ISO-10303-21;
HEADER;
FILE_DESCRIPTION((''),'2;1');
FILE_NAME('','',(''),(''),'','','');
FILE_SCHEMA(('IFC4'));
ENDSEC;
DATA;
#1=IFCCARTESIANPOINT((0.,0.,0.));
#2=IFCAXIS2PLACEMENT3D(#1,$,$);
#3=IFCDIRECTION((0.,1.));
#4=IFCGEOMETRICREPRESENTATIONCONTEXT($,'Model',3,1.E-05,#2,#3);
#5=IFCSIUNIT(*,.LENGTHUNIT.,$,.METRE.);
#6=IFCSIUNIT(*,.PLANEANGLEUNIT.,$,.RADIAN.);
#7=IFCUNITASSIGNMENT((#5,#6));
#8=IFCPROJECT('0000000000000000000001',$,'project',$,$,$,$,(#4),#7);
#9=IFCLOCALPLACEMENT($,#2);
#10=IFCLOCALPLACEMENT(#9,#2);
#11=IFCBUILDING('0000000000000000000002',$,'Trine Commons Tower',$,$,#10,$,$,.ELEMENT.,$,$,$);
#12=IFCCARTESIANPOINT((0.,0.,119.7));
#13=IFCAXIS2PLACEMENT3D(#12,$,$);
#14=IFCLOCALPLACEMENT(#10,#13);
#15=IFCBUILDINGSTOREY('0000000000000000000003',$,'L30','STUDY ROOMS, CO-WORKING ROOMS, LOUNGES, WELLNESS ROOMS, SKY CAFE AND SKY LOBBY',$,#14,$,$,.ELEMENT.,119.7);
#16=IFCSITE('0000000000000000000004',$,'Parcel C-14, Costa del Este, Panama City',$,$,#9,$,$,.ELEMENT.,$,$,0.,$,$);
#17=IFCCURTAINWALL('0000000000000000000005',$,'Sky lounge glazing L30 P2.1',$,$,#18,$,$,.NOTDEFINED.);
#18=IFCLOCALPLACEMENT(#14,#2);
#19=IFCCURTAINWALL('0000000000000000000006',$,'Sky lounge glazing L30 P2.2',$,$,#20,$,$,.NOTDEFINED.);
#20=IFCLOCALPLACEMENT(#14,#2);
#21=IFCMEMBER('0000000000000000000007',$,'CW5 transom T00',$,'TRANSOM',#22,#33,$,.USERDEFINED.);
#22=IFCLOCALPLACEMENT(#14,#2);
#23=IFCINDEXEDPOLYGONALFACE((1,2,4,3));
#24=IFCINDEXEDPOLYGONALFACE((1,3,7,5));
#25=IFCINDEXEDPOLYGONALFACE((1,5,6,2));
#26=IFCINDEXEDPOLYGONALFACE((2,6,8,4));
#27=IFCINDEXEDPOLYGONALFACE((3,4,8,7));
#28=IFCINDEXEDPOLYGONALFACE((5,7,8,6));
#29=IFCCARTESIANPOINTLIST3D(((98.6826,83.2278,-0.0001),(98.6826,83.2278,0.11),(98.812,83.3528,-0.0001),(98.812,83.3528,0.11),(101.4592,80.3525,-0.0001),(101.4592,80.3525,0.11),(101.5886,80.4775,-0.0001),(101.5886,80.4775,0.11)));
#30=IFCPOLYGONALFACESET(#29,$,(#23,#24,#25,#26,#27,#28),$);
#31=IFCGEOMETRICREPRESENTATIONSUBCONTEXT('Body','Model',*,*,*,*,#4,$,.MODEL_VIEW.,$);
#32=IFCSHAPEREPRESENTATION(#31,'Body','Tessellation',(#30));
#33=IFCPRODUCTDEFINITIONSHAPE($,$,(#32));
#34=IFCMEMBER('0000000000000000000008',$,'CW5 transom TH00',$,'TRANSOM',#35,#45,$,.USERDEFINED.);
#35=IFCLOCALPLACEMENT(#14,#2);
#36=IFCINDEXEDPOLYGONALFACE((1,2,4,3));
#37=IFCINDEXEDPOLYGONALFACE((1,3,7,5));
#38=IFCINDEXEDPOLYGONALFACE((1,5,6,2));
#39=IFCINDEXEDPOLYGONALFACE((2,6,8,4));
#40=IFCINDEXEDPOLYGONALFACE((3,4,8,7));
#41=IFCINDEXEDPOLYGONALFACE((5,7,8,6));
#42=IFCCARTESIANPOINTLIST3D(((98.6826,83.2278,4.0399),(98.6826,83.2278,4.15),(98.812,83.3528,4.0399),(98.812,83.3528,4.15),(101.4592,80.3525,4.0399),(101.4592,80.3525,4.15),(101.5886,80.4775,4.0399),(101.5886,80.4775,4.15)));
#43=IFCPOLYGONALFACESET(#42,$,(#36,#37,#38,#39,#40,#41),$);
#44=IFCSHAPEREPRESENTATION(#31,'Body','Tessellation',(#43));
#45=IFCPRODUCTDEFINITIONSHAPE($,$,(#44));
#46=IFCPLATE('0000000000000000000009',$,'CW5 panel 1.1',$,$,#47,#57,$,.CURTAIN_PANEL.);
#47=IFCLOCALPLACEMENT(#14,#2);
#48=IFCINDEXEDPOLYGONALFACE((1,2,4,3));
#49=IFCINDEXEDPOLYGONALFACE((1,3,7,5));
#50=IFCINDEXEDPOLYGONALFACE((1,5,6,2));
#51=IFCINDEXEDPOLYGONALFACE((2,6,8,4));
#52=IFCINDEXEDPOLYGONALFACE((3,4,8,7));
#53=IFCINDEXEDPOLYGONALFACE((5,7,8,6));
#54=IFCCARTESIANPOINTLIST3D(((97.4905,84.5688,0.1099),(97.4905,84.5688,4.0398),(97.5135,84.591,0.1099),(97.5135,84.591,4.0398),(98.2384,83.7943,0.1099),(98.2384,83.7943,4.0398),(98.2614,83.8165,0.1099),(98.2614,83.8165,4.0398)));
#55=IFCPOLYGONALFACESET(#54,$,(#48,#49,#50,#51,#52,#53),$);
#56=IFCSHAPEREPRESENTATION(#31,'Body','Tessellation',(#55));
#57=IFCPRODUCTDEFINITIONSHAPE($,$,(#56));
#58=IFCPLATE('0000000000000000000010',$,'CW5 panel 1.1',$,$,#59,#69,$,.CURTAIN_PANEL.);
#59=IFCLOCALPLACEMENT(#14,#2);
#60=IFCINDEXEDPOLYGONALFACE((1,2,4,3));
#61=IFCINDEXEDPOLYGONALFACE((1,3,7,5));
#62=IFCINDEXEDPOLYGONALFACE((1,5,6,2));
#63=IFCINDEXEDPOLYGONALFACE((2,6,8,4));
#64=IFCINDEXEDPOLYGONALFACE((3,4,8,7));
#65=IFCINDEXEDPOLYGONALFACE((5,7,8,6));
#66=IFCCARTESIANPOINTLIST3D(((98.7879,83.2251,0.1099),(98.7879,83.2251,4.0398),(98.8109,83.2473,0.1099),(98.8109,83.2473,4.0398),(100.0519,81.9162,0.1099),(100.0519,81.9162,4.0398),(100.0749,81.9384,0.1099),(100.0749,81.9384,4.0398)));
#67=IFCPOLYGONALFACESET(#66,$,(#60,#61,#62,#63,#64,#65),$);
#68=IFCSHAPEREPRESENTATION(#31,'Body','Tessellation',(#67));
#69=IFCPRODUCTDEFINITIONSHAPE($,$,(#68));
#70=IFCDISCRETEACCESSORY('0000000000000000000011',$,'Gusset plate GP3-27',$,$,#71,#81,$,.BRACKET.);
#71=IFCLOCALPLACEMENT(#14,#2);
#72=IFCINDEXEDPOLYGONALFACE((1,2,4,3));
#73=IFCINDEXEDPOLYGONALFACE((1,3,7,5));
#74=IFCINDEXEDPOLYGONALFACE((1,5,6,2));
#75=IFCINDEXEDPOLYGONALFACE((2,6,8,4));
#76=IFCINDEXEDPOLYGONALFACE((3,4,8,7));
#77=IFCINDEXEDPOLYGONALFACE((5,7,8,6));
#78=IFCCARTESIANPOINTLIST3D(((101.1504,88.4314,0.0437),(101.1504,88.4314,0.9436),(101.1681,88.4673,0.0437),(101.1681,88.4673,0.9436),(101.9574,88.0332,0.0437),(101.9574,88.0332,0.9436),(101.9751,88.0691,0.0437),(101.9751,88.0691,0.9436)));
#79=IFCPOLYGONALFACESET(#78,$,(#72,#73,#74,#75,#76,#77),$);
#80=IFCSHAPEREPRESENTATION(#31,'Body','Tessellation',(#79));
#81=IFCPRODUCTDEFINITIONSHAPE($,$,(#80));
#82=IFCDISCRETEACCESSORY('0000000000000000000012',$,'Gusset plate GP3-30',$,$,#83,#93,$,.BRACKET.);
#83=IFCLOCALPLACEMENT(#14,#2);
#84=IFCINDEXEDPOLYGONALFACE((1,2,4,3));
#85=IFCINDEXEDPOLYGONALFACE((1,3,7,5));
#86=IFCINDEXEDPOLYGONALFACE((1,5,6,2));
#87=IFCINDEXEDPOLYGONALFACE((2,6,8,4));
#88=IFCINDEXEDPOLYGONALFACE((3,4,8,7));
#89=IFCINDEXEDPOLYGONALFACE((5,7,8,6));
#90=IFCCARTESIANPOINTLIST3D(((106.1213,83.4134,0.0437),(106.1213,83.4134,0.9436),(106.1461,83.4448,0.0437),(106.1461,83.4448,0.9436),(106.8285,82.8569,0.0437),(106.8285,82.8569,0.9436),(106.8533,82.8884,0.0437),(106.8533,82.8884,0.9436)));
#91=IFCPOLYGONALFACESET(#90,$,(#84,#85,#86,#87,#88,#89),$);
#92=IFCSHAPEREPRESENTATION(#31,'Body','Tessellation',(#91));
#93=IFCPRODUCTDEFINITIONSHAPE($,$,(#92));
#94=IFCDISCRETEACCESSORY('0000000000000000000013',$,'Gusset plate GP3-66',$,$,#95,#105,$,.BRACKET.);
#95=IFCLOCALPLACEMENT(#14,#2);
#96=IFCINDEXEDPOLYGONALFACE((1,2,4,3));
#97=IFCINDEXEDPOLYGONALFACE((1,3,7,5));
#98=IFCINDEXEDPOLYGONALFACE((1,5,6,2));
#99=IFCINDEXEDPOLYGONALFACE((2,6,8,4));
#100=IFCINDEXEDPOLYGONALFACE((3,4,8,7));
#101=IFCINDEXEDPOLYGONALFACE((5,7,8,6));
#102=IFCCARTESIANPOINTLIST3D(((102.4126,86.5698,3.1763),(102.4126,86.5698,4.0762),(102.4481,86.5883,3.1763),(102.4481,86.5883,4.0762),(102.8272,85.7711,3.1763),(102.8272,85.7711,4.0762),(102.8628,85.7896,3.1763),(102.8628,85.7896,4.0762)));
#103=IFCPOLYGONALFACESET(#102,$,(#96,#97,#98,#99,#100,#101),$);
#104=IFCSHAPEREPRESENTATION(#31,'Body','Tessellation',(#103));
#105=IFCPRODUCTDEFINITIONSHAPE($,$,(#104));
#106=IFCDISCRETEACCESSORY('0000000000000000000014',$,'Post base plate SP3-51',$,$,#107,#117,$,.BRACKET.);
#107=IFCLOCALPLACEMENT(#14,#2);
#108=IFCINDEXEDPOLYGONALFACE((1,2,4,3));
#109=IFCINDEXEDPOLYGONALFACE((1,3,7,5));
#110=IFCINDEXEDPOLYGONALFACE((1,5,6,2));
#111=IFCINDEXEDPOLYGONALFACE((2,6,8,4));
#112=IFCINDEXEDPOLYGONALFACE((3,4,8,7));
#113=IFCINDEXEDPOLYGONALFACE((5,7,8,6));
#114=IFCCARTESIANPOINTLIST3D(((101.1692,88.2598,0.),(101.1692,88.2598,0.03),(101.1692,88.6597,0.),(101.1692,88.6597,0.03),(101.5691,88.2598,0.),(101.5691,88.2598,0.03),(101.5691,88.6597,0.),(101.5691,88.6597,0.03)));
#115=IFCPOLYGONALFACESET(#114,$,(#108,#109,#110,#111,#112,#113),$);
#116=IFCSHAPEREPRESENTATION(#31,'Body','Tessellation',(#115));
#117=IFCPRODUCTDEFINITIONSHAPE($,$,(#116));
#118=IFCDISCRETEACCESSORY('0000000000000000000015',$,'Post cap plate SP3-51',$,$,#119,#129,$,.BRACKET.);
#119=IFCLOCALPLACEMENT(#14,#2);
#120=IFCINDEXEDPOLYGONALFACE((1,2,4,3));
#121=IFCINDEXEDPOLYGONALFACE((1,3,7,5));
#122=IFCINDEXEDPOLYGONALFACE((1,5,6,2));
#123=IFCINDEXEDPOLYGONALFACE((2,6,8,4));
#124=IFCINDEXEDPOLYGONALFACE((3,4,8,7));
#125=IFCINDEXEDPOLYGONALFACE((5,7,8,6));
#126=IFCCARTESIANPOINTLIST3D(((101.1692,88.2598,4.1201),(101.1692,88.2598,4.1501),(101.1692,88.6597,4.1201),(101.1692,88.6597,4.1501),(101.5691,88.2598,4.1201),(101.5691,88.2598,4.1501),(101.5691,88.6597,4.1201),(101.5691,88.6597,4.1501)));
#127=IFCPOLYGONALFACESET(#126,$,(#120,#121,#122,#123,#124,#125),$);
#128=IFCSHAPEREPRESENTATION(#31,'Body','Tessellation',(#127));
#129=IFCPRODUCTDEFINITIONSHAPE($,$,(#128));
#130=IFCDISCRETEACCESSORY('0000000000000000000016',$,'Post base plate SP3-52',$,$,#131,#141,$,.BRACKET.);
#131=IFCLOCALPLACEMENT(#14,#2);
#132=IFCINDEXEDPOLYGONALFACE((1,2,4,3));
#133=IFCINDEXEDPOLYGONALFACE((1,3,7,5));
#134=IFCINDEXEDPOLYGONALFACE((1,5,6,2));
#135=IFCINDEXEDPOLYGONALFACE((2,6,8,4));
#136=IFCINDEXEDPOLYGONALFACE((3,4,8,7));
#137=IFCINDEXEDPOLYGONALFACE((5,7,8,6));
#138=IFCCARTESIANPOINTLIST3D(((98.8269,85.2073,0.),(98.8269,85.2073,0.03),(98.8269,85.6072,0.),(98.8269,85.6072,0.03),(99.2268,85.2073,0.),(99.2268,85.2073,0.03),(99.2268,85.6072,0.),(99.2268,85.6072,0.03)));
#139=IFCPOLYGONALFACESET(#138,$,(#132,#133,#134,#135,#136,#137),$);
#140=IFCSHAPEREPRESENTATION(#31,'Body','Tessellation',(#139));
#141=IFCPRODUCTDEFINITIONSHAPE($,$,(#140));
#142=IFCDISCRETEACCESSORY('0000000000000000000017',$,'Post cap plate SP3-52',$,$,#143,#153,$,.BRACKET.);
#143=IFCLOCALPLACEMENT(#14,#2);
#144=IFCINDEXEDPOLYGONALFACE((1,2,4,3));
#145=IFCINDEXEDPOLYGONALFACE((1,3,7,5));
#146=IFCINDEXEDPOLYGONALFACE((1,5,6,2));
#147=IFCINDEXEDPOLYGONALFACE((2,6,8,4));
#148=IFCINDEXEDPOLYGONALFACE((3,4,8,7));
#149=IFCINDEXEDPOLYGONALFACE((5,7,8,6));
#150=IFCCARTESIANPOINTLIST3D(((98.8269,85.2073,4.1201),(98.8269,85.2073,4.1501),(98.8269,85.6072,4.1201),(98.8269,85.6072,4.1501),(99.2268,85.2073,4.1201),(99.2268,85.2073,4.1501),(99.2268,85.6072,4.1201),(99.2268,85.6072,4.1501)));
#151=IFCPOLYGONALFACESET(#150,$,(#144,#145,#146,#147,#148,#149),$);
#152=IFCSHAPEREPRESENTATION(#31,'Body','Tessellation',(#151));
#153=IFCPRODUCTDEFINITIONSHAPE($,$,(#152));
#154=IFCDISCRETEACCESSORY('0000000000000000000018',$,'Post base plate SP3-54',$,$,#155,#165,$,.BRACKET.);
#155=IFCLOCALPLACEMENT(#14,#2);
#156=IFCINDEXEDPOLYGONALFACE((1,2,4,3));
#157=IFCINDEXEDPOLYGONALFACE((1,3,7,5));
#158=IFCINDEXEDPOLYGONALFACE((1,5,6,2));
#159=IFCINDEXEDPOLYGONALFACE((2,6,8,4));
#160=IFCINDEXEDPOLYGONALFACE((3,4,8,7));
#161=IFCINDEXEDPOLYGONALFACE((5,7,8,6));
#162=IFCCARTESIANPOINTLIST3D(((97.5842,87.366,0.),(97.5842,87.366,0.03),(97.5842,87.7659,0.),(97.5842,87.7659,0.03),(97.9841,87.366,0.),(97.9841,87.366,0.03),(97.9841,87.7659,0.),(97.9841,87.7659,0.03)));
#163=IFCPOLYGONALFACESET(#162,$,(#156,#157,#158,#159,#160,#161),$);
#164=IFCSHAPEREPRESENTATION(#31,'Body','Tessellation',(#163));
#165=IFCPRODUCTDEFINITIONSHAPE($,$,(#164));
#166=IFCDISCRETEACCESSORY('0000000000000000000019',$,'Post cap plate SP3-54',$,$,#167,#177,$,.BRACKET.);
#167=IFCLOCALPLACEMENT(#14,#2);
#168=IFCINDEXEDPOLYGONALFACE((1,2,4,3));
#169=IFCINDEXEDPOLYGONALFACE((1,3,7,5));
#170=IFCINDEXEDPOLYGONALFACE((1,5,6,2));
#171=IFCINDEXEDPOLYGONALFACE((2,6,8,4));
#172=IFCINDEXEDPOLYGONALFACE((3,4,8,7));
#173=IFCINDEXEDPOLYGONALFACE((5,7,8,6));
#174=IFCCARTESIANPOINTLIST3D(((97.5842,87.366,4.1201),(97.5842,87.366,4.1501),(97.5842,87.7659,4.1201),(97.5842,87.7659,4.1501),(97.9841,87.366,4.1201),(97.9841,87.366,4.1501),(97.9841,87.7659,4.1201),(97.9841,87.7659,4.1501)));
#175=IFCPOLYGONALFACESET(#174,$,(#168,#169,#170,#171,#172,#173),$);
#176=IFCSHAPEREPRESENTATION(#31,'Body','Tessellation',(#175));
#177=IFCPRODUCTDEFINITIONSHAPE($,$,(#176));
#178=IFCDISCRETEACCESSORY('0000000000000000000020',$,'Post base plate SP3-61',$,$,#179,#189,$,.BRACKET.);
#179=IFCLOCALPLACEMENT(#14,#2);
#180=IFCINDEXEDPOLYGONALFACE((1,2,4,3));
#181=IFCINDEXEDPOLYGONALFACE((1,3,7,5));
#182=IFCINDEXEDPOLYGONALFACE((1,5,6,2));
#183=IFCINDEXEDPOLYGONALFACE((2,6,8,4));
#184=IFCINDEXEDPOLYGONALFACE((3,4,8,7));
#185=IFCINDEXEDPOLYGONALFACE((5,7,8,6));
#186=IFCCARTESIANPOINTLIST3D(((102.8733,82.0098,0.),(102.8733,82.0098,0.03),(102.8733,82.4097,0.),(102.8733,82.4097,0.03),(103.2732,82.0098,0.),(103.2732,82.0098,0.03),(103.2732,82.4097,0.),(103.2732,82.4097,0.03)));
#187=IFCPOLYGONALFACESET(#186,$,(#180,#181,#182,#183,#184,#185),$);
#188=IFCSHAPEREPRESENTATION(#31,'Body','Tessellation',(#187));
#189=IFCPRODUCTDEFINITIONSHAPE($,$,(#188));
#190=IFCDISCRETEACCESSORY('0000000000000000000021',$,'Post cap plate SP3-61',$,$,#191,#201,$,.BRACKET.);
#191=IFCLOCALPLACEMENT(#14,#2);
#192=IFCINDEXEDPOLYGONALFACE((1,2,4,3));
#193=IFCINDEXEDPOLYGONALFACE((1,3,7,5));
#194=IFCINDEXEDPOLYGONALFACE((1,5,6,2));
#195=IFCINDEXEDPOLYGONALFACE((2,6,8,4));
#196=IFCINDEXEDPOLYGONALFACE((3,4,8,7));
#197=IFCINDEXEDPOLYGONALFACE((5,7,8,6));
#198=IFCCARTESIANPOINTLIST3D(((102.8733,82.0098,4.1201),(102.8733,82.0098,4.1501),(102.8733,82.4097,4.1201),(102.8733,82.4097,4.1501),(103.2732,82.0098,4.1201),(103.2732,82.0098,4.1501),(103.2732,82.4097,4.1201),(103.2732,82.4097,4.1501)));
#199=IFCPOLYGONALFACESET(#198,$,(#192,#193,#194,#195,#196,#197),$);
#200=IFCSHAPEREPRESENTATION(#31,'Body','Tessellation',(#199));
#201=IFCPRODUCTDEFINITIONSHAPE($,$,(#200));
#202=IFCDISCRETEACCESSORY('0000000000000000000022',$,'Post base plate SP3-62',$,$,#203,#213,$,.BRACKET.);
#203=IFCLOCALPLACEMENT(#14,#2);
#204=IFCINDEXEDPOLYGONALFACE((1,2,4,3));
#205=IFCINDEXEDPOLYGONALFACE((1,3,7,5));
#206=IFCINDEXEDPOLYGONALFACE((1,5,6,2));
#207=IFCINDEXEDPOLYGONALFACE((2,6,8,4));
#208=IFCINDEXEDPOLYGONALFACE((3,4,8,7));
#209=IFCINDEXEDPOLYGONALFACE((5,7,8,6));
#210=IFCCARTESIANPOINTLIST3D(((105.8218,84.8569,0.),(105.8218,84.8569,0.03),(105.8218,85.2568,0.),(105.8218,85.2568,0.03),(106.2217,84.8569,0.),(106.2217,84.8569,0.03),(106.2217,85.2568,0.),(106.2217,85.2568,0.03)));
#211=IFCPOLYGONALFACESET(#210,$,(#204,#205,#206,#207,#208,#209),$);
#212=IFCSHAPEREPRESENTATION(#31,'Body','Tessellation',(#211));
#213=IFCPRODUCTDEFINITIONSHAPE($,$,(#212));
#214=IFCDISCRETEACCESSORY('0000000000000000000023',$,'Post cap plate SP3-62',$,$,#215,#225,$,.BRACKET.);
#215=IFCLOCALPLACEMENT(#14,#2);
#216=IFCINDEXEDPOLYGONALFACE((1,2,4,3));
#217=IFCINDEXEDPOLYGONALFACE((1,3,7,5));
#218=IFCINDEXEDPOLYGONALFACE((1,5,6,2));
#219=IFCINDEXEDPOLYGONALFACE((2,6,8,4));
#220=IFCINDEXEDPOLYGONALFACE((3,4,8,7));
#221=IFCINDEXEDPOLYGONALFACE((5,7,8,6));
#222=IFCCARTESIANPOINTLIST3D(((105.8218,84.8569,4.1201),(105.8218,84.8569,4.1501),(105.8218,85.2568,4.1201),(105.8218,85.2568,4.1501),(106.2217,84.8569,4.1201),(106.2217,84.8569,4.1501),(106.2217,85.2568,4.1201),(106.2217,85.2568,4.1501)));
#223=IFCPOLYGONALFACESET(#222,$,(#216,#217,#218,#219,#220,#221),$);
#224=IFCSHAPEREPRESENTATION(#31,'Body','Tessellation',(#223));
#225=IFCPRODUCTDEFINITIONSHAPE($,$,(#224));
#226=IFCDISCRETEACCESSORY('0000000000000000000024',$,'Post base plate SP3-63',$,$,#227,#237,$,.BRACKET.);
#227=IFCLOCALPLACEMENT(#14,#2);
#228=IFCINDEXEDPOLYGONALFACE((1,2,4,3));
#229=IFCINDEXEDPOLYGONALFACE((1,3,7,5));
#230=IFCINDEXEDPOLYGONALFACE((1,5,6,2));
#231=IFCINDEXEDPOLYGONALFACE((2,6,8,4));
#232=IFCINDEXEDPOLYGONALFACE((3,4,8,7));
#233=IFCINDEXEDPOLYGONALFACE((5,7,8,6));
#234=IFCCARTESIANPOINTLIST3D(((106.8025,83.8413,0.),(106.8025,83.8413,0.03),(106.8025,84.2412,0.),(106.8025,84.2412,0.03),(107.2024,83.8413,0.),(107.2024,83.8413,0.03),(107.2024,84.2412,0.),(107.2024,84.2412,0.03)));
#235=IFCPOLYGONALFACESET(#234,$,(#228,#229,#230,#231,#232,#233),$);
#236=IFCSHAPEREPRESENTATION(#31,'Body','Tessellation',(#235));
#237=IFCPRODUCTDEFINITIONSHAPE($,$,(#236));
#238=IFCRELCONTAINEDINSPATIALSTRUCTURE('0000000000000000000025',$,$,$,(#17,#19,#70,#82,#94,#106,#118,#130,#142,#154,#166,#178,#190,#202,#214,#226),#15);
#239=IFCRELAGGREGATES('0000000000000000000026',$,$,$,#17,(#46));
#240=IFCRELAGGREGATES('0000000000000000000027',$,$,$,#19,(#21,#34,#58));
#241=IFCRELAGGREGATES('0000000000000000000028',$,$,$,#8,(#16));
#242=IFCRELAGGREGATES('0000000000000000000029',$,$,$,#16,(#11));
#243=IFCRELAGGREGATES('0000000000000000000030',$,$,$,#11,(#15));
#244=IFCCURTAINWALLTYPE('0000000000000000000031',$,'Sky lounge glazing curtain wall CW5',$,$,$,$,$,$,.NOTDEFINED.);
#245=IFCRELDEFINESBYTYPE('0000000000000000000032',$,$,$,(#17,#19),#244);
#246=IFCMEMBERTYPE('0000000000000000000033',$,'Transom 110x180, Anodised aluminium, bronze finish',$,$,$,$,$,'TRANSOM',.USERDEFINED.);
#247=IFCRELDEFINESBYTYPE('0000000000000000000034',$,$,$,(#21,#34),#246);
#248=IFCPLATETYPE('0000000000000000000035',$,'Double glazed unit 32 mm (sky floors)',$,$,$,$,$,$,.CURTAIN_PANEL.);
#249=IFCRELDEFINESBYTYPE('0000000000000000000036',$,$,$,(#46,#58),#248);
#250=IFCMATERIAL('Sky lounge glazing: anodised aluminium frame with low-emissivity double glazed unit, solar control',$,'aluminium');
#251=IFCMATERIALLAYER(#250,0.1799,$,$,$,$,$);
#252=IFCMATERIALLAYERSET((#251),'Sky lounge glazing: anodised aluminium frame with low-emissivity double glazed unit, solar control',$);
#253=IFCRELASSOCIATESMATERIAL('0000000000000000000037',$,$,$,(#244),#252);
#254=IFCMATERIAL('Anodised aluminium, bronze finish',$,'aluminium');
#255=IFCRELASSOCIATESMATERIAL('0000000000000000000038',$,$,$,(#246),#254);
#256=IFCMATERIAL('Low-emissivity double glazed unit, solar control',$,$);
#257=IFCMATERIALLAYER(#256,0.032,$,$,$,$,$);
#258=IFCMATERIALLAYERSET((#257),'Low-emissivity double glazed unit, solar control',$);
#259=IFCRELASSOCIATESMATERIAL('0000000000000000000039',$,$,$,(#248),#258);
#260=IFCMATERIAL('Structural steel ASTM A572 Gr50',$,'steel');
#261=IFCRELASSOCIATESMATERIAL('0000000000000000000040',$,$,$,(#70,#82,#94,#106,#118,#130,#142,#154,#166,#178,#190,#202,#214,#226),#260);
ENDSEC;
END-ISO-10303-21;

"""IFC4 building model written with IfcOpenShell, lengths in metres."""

from ifc_helpers import new_model, si_unit, direction, frame, origin, origin_2d, place, context, subcontext, project, spatial, rectangle, extrude, material, layer, layer_set, material_profile, profile_set, type_object, element, aggregate, save


model = new_model("IFC4")

# Units and contexts
model_context = context("Model", 3, precision=1e-05, world=origin(), true_north=direction((0.0, 1.0)))
body_context = subcontext(model_context, "Body", "Model", "MODEL_VIEW")
ifc_project = project(units=[si_unit("LENGTHUNIT", "METRE"), si_unit("PLANEANGLEUNIT", "RADIAN")], contexts=[model_context])

# Site, building, storey
site_placement = place(None, origin())
site = spatial("IfcSite", under=ifc_project, at=site_placement, Name="Parcel C-14, Costa del Este, Panama City", CompositionType="ELEMENT", RefElevation=0.0)
building_placement = place(site_placement, origin())
building = spatial("IfcBuilding", under=site, at=building_placement, Name="Trine Commons Tower", CompositionType="ELEMENT")
storey_placement = place(building_placement, frame((0.0, 0.0, 119.7)))
storey = spatial("IfcBuildingStorey", under=building, at=storey_placement, Name="L30", Description="STUDY ROOMS, CO-WORKING ROOMS, LOUNGES, WELLNESS ROOMS, SKY CAFE AND SKY LOBBY", CompositionType="ELEMENT", Elevation=119.7)

# Curtain walls
ifc_material_1 = material(Name="Sky lounge glazing: anodised aluminium frame with low-emissivity double glazed unit, solar control", Category="aluminium")
ifc_layer_1 = layer(ifc_material_1, 0.1799)
ifc_layer_set_1 = layer_set([ifc_layer_1], Name="Sky lounge glazing: anodised aluminium frame with low-emissivity double glazed unit, solar control")
curtain_wall_type = type_object("IfcCurtainWallType", Name="Sky lounge glazing curtain wall CW5", PredefinedType="NOTDEFINED", material=ifc_layer_set_1)
ifc_material_2 = material(Name="Anodised aluminium, bronze finish", Category="aluminium")
curtain_wall_1_placement = place(storey_placement, origin())
curtain_wall_1 = element("IfcCurtainWall", 1, at=curtain_wall_1_placement, inside=storey, type_object=curtain_wall_type, Name="Sky lounge glazing L30 P2.1", PredefinedType="NOTDEFINED")
curtain_wall_2_placement = place(storey_placement, origin())
curtain_wall_2 = element("IfcCurtainWall", 2, at=curtain_wall_2_placement, inside=storey, type_object=curtain_wall_type, Name="Sky lounge glazing L30 P2.2", PredefinedType="NOTDEFINED")

# Members
ifc_material_profile_1 = material_profile(ifc_material_2, rectangle(XDim=0.1799, YDim=0.1101, at=origin_2d()), Name="Transom 110x180")
ifc_profile_set_1 = profile_set([ifc_material_profile_1], Name="Anodised aluminium, bronze finish")
member_type_1 = type_object("IfcMemberType", Name="Transom 110x180, Anodised aluminium, bronze finish", ElementType="TRANSOM", PredefinedType="USERDEFINED", material=ifc_profile_set_1)
member_1_placement = place(storey_placement, frame((98.7473, 83.2903, 0.0549), z_axis=(0.694661, -0.719337, 0.0), x_axis=(0.719337, 0.694661, 0.0)))
member_1 = element("IfcMember", 3, at=member_1_placement, type_object=member_type_1, Name="CW5 transom T00", ObjectType="TRANSOM", PredefinedType="USERDEFINED", context=body_context, shape_type="SweptSolid", body=[
    extrude(rectangle(XDim=0.1799, YDim=0.1101, at=origin_2d()), origin(), (0.0, 0.0, 1.0), 3.9971),
])
member_2_placement = place(storey_placement, frame((98.7473, 83.2903, 4.095), z_axis=(0.694661, -0.719337, 0.0), x_axis=(0.719337, 0.694661, 0.0)))
member_2 = element("IfcMember", 4, at=member_2_placement, type_object=member_type_1, Name="CW5 transom TH00", ObjectType="TRANSOM", PredefinedType="USERDEFINED", context=body_context, shape_type="SweptSolid", body=[
    extrude(rectangle(XDim=0.1799, YDim=0.1101, at=origin_2d()), origin(), (0.0, 0.0, 1.0), 3.9971),
])

# Plates
ifc_material_3 = material(Name="Low-emissivity double glazed unit, solar control")
ifc_layer_2 = layer(ifc_material_3, 0.032)
ifc_layer_set_2 = layer_set([ifc_layer_2], Name="Low-emissivity double glazed unit, solar control")
plate_type = type_object("IfcPlateType", Name="Double glazed unit 32 mm (sky floors)", PredefinedType="CURTAIN_PANEL", material=ifc_layer_set_2)
plate_1_placement = place(storey_placement, frame((97.876, 84.1926, 0.1099), z_axis=(0.0, 0.0, 1.0), x_axis=(0.694658, -0.71934, 0.0)))
plate_1 = element("IfcPlate", 5, at=plate_1_placement, type_object=plate_type, Name="CW5 panel 1.1", PredefinedType="CURTAIN_PANEL", context=body_context, shape_type="SweptSolid", body=[
    extrude(rectangle(XDim=1.0767, YDim=0.032, at=origin_2d()), origin(), (0.0, 0.0, 1.0), 3.9299),
])
aggregate(curtain_wall_1, [plate_1])
plate_2_placement = place(storey_placement, frame((99.4314, 82.5818, 0.1099), z_axis=(0.0, 0.0, 1.0), x_axis=(0.694658, -0.71934, 0.0)))
plate_2 = element("IfcPlate", 6, at=plate_2_placement, type_object=plate_type, Name="CW5 panel 1.1", PredefinedType="CURTAIN_PANEL", context=body_context, shape_type="SweptSolid", body=[
    extrude(rectangle(XDim=1.8196, YDim=0.032, at=origin_2d()), origin(), (0.0, 0.0, 1.0), 3.9299),
])
aggregate(curtain_wall_2, [member_1, member_2, plate_2])

# Discrete accessories
ifc_material_4 = material(Name="Structural steel ASTM A572 Gr50", Category="steel")
for number, where, z_axis, x_axis, name in (
    (7, (101.5627, 88.2502, 0.0437), (0.0, 0.0, 1.0), (-0.896757, 0.442523, 0.0), "Gusset plate GP3-27"),
    (8, (106.4873, 83.1509, 0.0437), (0.0, 0.0, 1.0), (-0.785911, 0.61834, 0.0), "Gusset plate GP3-30"),
    (9, (102.6377, 86.1797, 3.1763), (0.0, 0.0, 1.0), (0.460758, -0.887526, 0.0), "Gusset plate GP3-66"),
):
    element("IfcDiscreteAccessory", number, at=place(storey_placement, frame(where, z_axis=z_axis, x_axis=x_axis)), inside=storey, material=ifc_material_4, Name=name, PredefinedType="BRACKET", context=body_context, shape_type="SweptSolid", body=[
        extrude(rectangle(XDim=0.8999, YDim=0.04, at=origin_2d()), origin(), (0.0, 0.0, 1.0), 0.8999),
    ])
for number, where, z_axis, x_axis, name in (
    (10, (101.3691, 88.4597, 0.0), (0.0, 0.0, 1.0), (1.0, 0.0, 0.0), "Post base plate SP3-51"),
    (11, (101.3691, 88.4597, 4.1201), (0.0, 0.0, 1.0), (1.0, 0.0, 0.0), "Post cap plate SP3-51"),
    (12, (99.0269, 85.4072, 0.0), (0.0, 0.0, 1.0), (1.0, 0.0, 0.0), "Post base plate SP3-52"),
    (13, (99.0269, 85.4072, 4.1201), (0.0, 0.0, 1.0), (1.0, 0.0, 0.0), "Post cap plate SP3-52"),
    (14, (97.7842, 87.5659, 0.0), (0.0, 0.0, 1.0), (1.0, 0.0, 0.0), "Post base plate SP3-54"),
    (15, (97.7842, 87.5659, 4.1201), (0.0, 0.0, 1.0), (1.0, 0.0, 0.0), "Post cap plate SP3-54"),
    (16, (103.0732, 82.2097, 0.0), (0.0, 0.0, 1.0), (1.0, 0.0, 0.0), "Post base plate SP3-61"),
    (17, (103.0732, 82.2097, 4.1201), (0.0, 0.0, 1.0), (1.0, 0.0, 0.0), "Post cap plate SP3-61"),
    (18, (106.0217, 85.0569, 0.0), (0.0, 0.0, 1.0), (1.0, 0.0, 0.0), "Post base plate SP3-62"),
    (19, (106.0217, 85.0569, 4.1201), (0.0, 0.0, 1.0), (1.0, 0.0, 0.0), "Post cap plate SP3-62"),
    (20, (107.0024, 84.0413, 0.0), (0.0, 0.0, 1.0), (1.0, 0.0, 0.0), "Post base plate SP3-63"),
):
    element("IfcDiscreteAccessory", number, at=place(storey_placement, frame(where, z_axis=z_axis, x_axis=x_axis)), inside=storey, material=ifc_material_4, Name=name, PredefinedType="BRACKET", context=body_context, shape_type="SweptSolid", body=[
        extrude(rectangle(XDim=0.3999, YDim=0.3999, at=origin_2d()), origin(), (0.0, 0.0, 1.0), 0.03),
    ])

save(model, "model.ifc")
